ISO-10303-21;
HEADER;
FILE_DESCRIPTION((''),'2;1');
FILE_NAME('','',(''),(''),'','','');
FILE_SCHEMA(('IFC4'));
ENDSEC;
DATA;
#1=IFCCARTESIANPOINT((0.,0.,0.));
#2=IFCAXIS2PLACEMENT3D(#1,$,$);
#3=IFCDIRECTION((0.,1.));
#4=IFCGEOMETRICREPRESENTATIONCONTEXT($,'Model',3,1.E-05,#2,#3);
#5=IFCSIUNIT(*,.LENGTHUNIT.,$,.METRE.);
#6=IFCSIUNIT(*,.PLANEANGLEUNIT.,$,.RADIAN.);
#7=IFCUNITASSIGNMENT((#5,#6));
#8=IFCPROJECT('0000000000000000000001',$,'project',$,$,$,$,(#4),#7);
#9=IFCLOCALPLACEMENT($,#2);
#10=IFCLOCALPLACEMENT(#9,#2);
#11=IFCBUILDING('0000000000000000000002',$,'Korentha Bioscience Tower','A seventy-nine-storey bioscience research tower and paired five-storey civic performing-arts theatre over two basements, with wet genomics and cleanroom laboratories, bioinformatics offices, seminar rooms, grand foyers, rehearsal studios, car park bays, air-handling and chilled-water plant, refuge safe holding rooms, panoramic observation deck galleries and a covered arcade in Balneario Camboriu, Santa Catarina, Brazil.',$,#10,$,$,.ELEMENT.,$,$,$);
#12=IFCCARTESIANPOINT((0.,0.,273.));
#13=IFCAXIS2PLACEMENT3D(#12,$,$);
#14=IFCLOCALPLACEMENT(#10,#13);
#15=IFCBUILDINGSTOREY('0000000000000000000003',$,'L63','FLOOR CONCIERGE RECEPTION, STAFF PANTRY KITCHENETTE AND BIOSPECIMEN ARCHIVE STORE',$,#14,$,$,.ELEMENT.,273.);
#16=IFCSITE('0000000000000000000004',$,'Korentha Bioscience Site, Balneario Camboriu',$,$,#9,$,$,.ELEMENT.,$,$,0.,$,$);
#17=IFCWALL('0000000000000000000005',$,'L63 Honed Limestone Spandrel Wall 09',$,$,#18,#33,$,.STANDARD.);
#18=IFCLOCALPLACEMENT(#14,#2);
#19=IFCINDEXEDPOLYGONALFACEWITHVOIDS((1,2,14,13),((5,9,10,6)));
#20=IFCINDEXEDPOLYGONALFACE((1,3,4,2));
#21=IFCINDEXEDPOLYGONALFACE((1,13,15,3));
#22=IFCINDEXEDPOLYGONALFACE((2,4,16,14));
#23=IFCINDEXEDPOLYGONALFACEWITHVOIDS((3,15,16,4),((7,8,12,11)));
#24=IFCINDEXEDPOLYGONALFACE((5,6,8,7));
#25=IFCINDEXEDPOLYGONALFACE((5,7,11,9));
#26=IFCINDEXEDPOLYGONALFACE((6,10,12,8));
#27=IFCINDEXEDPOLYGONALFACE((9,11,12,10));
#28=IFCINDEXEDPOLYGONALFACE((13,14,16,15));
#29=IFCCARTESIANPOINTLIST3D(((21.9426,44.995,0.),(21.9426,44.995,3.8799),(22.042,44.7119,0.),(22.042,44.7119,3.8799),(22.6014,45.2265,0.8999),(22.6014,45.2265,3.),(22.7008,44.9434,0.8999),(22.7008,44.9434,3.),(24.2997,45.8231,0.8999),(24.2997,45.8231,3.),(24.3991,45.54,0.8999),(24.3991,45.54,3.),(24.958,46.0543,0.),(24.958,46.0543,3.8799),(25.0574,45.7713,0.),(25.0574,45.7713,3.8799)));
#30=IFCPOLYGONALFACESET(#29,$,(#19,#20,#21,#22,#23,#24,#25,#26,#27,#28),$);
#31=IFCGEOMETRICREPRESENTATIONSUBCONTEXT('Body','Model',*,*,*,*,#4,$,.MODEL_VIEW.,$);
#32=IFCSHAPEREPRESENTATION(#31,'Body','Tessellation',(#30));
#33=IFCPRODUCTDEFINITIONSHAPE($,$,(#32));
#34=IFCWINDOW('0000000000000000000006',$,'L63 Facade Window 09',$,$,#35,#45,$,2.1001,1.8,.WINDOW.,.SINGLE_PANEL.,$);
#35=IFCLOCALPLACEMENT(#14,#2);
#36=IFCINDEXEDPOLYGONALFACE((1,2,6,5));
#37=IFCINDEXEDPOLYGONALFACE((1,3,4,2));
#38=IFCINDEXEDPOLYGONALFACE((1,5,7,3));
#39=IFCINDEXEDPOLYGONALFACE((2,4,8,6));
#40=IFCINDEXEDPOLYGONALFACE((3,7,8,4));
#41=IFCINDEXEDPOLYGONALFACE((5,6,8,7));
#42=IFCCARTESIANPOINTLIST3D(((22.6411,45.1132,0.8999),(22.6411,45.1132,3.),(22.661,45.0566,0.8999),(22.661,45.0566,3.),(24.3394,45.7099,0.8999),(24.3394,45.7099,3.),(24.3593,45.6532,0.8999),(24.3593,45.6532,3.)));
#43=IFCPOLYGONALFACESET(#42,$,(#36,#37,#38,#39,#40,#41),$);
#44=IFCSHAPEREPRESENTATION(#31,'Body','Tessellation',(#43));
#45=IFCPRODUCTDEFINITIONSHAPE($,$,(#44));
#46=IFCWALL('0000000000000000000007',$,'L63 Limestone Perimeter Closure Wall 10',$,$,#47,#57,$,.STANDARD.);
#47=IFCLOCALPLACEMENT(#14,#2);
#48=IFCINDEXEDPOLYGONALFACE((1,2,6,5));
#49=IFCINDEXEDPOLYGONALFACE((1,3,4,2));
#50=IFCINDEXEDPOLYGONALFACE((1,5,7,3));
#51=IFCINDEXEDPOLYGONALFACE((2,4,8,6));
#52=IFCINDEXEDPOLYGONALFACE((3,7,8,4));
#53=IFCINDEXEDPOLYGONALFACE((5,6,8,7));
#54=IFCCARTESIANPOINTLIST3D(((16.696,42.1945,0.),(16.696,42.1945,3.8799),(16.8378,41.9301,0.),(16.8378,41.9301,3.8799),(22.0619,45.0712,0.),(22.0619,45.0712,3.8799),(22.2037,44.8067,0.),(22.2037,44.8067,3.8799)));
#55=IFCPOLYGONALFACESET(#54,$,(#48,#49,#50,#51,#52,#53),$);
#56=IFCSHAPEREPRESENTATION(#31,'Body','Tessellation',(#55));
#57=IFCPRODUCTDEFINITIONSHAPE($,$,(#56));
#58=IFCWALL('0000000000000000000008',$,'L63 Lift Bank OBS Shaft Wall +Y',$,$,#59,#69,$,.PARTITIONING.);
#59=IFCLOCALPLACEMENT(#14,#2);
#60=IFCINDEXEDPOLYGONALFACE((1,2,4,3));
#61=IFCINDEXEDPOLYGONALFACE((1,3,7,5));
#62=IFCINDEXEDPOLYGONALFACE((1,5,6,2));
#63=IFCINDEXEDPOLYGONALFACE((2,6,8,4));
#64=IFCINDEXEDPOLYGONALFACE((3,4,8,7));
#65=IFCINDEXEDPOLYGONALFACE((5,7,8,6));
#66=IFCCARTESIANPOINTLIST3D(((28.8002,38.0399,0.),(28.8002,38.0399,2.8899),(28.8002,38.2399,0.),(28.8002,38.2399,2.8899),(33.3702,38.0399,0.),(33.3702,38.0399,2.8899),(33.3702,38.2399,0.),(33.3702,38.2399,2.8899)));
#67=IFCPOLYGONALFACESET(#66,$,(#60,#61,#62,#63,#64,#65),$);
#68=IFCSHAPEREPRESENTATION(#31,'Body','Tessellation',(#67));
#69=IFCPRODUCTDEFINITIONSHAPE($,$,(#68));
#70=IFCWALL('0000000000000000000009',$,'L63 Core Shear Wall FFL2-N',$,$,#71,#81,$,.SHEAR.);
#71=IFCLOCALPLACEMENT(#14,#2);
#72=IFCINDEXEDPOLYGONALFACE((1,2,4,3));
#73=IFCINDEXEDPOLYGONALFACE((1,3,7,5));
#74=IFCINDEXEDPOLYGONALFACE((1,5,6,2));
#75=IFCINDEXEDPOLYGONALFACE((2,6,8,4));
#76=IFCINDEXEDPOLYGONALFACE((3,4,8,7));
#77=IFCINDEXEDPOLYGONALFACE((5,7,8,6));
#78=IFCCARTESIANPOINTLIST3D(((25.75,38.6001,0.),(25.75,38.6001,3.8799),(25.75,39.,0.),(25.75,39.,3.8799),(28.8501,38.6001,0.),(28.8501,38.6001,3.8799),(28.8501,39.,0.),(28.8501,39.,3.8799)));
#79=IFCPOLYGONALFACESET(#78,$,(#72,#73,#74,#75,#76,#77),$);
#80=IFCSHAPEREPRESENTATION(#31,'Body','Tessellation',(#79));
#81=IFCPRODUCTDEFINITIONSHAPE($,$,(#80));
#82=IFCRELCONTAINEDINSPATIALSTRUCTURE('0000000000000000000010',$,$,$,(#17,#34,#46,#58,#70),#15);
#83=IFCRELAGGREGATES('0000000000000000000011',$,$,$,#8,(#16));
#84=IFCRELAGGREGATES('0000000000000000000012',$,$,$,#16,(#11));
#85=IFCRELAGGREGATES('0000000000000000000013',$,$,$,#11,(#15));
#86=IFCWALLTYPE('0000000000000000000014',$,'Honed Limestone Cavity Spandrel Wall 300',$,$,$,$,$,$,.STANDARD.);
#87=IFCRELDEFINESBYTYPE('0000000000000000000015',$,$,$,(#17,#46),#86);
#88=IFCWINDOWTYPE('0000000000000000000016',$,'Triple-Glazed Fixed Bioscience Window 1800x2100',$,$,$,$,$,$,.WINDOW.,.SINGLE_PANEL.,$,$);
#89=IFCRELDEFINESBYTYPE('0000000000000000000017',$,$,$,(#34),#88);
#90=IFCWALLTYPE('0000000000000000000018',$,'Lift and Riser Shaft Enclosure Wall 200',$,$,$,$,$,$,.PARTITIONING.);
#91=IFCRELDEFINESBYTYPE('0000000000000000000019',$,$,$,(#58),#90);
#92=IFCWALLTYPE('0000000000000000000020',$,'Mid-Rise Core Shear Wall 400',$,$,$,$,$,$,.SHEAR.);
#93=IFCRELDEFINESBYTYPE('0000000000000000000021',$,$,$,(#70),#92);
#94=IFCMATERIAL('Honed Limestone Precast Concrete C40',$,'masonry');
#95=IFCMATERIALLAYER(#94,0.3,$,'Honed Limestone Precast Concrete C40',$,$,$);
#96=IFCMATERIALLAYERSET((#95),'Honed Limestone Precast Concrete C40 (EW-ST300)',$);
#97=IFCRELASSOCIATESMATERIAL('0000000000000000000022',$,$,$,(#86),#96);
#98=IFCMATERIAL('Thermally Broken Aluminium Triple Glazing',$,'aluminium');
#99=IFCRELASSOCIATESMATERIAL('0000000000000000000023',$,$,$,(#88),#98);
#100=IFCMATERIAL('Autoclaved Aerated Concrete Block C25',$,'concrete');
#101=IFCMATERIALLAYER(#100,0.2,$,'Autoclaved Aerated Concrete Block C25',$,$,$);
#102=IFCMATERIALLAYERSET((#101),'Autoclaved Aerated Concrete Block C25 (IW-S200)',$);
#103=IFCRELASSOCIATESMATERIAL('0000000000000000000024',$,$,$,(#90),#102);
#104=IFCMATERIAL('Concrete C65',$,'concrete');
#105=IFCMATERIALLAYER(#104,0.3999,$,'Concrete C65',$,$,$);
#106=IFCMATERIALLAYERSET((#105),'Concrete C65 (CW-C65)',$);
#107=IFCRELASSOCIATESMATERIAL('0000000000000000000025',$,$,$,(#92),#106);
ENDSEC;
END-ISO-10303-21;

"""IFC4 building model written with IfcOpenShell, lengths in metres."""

from ifc_helpers import new_model, si_unit, direction, frame, frame_2d, origin, place, context, subcontext, project, spatial, rectangle, extrude, material, layer, layer_set, type_object, element, fill, save


model = new_model("IFC4")

# Units and contexts
model_context = context("Model", 3, precision=1e-05, world=origin(), true_north=direction((0.0, 1.0)))
body_context = subcontext(model_context, "Body", "Model", "MODEL_VIEW")
ifc_project = project(units=[si_unit("LENGTHUNIT", "METRE"), si_unit("PLANEANGLEUNIT", "RADIAN")], contexts=[model_context])

# Site, building, storey
site_placement = place(None, origin())
site = spatial("IfcSite", under=ifc_project, at=site_placement, Name="Korentha Bioscience Site, Balneario Camboriu", CompositionType="ELEMENT", RefElevation=0.0)
building_placement = place(site_placement, origin())
building = spatial("IfcBuilding", under=site, at=building_placement, Name="Korentha Bioscience Tower", Description="A seventy-nine-storey bioscience research tower and paired five-storey civic performing-arts theatre over two basements, with wet genomics and cleanroom laboratories, bioinformatics offices, seminar rooms, grand foyers, rehearsal studios, car park bays, air-handling and chilled-water plant, refuge safe holding rooms, panoramic observation deck galleries and a covered arcade in Balneario Camboriu, Santa Catarina, Brazil.", CompositionType="ELEMENT")
storey_placement = place(building_placement, frame((0.0, 0.0, 273.0)))
storey = spatial("IfcBuildingStorey", under=building, at=storey_placement, Name="L63", Description="FLOOR CONCIERGE RECEPTION, STAFF PANTRY KITCHENETTE AND BIOSPECIMEN ARCHIVE STORE", CompositionType="ELEMENT", Elevation=273.0)

# Shared definitions
ifc_material_1 = material(Name="Concrete C65", Category="concrete")

# Shared definitions
ifc_material_2 = material(Name="Honed Limestone Precast Concrete C40", Category="masonry")
ifc_layer_1 = layer(ifc_material_2, 0.3, Name="Honed Limestone Precast Concrete C40")
ifc_layer_set_1 = layer_set([ifc_layer_1], Name="Honed Limestone Precast Concrete C40 (EW-ST300)")
wall_type_1 = type_object("IfcWallType", Name="Honed Limestone Cavity Spandrel Wall 300", PredefinedType="STANDARD", material=ifc_layer_set_1)

# Wall, opening, window
wall_1_placement = place(storey_placement, frame((25.0078, 45.9128, 0.0), z_axis=(0.0, 0.0, 1.0), x_axis=(-0.943473, -0.331449, 0.0)))
wall_1 = element("IfcWall", 1, at=wall_1_placement, inside=storey, type_object=wall_type_1, Name="L63 Honed Limestone Spandrel Wall 09", PredefinedType="STANDARD", context=body_context, shape_type="SweptSolid", body=[
    extrude(rectangle(XDim=3.196, YDim=0.3, at=frame_2d((1.5981, 0.0))), origin(), (0.0, 0.0, 1.0), 3.8799),
])
opening_1_placement = place(wall_1_placement, frame((0.698, 0.0, 0.8999)))
opening_1 = element("IfcOpeningElement", 2, at=opening_1_placement, cuts=wall_1, PredefinedType="OPENING", context=body_context, shape_type="SweptSolid", body=[
    extrude(rectangle(XDim=1.8, YDim=2.1001, at=frame_2d((0.8999, 1.05))), frame((0.0, 0.165, 0.0), z_axis=(0.0, -1.0, 0.0), x_axis=(1.0, 0.0, 0.0)), (0.0, 0.0, 1.0), 0.3298),
])
ifc_material_3 = material(Name="Thermally Broken Aluminium Triple Glazing", Category="aluminium")
window_type = type_object("IfcWindowType", Name="Triple-Glazed Fixed Bioscience Window 1800x2100", PartitioningType="SINGLE_PANEL", PredefinedType="WINDOW", material=ifc_material_3)
window_placement = place(opening_1_placement, origin())
window = element("IfcWindow", 3, at=window_placement, inside=storey, type_object=window_type, Name="L63 Facade Window 09", OverallHeight=2.1001, OverallWidth=1.8, PartitioningType="SINGLE_PANEL", PredefinedType="WINDOW", context=body_context, shape_type="SweptSolid", body=[
    extrude(rectangle(XDim=1.8, YDim=2.1001, at=frame_2d((0.8999, 1.05))), frame((0.0, 0.03, 0.0), z_axis=(0.0, -1.0, 0.0), x_axis=(1.0, 0.0, 0.0)), (0.0, 0.0, 1.0), 0.0601),
])
fill(opening_1, window)

# Walls
wall_2_placement = place(storey_placement, frame((22.1328, 44.939, 0.0), z_axis=(0.0, 0.0, 1.0), x_axis=(-0.881337, -0.472487, 0.0)))
element("IfcWall", 4, at=wall_2_placement, inside=storey, type_object=wall_type_1, Name="L63 Limestone Perimeter Closure Wall 10", PredefinedType="STANDARD", context=body_context, shape_type="SweptSolid", body=[
    extrude(rectangle(XDim=6.0884, YDim=0.3, at=frame_2d((3.0442, 0.0))), origin(), (0.0, 0.0, 1.0), 3.8799),
])
ifc_material_4 = material(Name="Autoclaved Aerated Concrete Block C25", Category="concrete")
ifc_layer_2 = layer(ifc_material_4, 0.2, Name="Autoclaved Aerated Concrete Block C25")
ifc_layer_set_2 = layer_set([ifc_layer_2], Name="Autoclaved Aerated Concrete Block C25 (IW-S200)")
wall_type_2 = type_object("IfcWallType", Name="Lift and Riser Shaft Enclosure Wall 200", PredefinedType="PARTITIONING", material=ifc_layer_set_2)
wall_3_placement = place(storey_placement, frame((28.8, 38.1399, 0.0), z_axis=(0.0, 0.0, 1.0), x_axis=(1.0, 0.0, 0.0)))
element("IfcWall", 5, at=wall_3_placement, inside=storey, type_object=wall_type_2, Name="L63 Lift Bank OBS Shaft Wall +Y", PredefinedType="PARTITIONING", context=body_context, shape_type="SweptSolid", body=[
    extrude(rectangle(XDim=4.5701, YDim=0.2, at=frame_2d((2.2852, 0.0))), origin(), (0.0, 0.0, 1.0), 2.8899),
])
ifc_layer_3 = layer(ifc_material_1, 0.3999, Name="Concrete C65")
ifc_layer_set_3 = layer_set([ifc_layer_3], Name="Concrete C65 (CW-C65)")
wall_type_3 = type_object("IfcWallType", Name="Mid-Rise Core Shear Wall 400", PredefinedType="SHEAR", material=ifc_layer_set_3)
wall_4_placement = place(storey_placement, frame((25.75, 38.8, 0.0), z_axis=(0.0, 0.0, 1.0), x_axis=(1.0, 0.0, 0.0)))
element("IfcWall", 6, at=wall_4_placement, inside=storey, type_object=wall_type_3, Name="L63 Core Shear Wall FFL2-N", PredefinedType="SHEAR", context=body_context, shape_type="SweptSolid", body=[
    extrude(rectangle(XDim=3.1001, YDim=0.3999, at=frame_2d((1.55, 0.0))), origin(), (0.0, 0.0, 1.0), 3.8799),
])

save(model, "model.ifc")
